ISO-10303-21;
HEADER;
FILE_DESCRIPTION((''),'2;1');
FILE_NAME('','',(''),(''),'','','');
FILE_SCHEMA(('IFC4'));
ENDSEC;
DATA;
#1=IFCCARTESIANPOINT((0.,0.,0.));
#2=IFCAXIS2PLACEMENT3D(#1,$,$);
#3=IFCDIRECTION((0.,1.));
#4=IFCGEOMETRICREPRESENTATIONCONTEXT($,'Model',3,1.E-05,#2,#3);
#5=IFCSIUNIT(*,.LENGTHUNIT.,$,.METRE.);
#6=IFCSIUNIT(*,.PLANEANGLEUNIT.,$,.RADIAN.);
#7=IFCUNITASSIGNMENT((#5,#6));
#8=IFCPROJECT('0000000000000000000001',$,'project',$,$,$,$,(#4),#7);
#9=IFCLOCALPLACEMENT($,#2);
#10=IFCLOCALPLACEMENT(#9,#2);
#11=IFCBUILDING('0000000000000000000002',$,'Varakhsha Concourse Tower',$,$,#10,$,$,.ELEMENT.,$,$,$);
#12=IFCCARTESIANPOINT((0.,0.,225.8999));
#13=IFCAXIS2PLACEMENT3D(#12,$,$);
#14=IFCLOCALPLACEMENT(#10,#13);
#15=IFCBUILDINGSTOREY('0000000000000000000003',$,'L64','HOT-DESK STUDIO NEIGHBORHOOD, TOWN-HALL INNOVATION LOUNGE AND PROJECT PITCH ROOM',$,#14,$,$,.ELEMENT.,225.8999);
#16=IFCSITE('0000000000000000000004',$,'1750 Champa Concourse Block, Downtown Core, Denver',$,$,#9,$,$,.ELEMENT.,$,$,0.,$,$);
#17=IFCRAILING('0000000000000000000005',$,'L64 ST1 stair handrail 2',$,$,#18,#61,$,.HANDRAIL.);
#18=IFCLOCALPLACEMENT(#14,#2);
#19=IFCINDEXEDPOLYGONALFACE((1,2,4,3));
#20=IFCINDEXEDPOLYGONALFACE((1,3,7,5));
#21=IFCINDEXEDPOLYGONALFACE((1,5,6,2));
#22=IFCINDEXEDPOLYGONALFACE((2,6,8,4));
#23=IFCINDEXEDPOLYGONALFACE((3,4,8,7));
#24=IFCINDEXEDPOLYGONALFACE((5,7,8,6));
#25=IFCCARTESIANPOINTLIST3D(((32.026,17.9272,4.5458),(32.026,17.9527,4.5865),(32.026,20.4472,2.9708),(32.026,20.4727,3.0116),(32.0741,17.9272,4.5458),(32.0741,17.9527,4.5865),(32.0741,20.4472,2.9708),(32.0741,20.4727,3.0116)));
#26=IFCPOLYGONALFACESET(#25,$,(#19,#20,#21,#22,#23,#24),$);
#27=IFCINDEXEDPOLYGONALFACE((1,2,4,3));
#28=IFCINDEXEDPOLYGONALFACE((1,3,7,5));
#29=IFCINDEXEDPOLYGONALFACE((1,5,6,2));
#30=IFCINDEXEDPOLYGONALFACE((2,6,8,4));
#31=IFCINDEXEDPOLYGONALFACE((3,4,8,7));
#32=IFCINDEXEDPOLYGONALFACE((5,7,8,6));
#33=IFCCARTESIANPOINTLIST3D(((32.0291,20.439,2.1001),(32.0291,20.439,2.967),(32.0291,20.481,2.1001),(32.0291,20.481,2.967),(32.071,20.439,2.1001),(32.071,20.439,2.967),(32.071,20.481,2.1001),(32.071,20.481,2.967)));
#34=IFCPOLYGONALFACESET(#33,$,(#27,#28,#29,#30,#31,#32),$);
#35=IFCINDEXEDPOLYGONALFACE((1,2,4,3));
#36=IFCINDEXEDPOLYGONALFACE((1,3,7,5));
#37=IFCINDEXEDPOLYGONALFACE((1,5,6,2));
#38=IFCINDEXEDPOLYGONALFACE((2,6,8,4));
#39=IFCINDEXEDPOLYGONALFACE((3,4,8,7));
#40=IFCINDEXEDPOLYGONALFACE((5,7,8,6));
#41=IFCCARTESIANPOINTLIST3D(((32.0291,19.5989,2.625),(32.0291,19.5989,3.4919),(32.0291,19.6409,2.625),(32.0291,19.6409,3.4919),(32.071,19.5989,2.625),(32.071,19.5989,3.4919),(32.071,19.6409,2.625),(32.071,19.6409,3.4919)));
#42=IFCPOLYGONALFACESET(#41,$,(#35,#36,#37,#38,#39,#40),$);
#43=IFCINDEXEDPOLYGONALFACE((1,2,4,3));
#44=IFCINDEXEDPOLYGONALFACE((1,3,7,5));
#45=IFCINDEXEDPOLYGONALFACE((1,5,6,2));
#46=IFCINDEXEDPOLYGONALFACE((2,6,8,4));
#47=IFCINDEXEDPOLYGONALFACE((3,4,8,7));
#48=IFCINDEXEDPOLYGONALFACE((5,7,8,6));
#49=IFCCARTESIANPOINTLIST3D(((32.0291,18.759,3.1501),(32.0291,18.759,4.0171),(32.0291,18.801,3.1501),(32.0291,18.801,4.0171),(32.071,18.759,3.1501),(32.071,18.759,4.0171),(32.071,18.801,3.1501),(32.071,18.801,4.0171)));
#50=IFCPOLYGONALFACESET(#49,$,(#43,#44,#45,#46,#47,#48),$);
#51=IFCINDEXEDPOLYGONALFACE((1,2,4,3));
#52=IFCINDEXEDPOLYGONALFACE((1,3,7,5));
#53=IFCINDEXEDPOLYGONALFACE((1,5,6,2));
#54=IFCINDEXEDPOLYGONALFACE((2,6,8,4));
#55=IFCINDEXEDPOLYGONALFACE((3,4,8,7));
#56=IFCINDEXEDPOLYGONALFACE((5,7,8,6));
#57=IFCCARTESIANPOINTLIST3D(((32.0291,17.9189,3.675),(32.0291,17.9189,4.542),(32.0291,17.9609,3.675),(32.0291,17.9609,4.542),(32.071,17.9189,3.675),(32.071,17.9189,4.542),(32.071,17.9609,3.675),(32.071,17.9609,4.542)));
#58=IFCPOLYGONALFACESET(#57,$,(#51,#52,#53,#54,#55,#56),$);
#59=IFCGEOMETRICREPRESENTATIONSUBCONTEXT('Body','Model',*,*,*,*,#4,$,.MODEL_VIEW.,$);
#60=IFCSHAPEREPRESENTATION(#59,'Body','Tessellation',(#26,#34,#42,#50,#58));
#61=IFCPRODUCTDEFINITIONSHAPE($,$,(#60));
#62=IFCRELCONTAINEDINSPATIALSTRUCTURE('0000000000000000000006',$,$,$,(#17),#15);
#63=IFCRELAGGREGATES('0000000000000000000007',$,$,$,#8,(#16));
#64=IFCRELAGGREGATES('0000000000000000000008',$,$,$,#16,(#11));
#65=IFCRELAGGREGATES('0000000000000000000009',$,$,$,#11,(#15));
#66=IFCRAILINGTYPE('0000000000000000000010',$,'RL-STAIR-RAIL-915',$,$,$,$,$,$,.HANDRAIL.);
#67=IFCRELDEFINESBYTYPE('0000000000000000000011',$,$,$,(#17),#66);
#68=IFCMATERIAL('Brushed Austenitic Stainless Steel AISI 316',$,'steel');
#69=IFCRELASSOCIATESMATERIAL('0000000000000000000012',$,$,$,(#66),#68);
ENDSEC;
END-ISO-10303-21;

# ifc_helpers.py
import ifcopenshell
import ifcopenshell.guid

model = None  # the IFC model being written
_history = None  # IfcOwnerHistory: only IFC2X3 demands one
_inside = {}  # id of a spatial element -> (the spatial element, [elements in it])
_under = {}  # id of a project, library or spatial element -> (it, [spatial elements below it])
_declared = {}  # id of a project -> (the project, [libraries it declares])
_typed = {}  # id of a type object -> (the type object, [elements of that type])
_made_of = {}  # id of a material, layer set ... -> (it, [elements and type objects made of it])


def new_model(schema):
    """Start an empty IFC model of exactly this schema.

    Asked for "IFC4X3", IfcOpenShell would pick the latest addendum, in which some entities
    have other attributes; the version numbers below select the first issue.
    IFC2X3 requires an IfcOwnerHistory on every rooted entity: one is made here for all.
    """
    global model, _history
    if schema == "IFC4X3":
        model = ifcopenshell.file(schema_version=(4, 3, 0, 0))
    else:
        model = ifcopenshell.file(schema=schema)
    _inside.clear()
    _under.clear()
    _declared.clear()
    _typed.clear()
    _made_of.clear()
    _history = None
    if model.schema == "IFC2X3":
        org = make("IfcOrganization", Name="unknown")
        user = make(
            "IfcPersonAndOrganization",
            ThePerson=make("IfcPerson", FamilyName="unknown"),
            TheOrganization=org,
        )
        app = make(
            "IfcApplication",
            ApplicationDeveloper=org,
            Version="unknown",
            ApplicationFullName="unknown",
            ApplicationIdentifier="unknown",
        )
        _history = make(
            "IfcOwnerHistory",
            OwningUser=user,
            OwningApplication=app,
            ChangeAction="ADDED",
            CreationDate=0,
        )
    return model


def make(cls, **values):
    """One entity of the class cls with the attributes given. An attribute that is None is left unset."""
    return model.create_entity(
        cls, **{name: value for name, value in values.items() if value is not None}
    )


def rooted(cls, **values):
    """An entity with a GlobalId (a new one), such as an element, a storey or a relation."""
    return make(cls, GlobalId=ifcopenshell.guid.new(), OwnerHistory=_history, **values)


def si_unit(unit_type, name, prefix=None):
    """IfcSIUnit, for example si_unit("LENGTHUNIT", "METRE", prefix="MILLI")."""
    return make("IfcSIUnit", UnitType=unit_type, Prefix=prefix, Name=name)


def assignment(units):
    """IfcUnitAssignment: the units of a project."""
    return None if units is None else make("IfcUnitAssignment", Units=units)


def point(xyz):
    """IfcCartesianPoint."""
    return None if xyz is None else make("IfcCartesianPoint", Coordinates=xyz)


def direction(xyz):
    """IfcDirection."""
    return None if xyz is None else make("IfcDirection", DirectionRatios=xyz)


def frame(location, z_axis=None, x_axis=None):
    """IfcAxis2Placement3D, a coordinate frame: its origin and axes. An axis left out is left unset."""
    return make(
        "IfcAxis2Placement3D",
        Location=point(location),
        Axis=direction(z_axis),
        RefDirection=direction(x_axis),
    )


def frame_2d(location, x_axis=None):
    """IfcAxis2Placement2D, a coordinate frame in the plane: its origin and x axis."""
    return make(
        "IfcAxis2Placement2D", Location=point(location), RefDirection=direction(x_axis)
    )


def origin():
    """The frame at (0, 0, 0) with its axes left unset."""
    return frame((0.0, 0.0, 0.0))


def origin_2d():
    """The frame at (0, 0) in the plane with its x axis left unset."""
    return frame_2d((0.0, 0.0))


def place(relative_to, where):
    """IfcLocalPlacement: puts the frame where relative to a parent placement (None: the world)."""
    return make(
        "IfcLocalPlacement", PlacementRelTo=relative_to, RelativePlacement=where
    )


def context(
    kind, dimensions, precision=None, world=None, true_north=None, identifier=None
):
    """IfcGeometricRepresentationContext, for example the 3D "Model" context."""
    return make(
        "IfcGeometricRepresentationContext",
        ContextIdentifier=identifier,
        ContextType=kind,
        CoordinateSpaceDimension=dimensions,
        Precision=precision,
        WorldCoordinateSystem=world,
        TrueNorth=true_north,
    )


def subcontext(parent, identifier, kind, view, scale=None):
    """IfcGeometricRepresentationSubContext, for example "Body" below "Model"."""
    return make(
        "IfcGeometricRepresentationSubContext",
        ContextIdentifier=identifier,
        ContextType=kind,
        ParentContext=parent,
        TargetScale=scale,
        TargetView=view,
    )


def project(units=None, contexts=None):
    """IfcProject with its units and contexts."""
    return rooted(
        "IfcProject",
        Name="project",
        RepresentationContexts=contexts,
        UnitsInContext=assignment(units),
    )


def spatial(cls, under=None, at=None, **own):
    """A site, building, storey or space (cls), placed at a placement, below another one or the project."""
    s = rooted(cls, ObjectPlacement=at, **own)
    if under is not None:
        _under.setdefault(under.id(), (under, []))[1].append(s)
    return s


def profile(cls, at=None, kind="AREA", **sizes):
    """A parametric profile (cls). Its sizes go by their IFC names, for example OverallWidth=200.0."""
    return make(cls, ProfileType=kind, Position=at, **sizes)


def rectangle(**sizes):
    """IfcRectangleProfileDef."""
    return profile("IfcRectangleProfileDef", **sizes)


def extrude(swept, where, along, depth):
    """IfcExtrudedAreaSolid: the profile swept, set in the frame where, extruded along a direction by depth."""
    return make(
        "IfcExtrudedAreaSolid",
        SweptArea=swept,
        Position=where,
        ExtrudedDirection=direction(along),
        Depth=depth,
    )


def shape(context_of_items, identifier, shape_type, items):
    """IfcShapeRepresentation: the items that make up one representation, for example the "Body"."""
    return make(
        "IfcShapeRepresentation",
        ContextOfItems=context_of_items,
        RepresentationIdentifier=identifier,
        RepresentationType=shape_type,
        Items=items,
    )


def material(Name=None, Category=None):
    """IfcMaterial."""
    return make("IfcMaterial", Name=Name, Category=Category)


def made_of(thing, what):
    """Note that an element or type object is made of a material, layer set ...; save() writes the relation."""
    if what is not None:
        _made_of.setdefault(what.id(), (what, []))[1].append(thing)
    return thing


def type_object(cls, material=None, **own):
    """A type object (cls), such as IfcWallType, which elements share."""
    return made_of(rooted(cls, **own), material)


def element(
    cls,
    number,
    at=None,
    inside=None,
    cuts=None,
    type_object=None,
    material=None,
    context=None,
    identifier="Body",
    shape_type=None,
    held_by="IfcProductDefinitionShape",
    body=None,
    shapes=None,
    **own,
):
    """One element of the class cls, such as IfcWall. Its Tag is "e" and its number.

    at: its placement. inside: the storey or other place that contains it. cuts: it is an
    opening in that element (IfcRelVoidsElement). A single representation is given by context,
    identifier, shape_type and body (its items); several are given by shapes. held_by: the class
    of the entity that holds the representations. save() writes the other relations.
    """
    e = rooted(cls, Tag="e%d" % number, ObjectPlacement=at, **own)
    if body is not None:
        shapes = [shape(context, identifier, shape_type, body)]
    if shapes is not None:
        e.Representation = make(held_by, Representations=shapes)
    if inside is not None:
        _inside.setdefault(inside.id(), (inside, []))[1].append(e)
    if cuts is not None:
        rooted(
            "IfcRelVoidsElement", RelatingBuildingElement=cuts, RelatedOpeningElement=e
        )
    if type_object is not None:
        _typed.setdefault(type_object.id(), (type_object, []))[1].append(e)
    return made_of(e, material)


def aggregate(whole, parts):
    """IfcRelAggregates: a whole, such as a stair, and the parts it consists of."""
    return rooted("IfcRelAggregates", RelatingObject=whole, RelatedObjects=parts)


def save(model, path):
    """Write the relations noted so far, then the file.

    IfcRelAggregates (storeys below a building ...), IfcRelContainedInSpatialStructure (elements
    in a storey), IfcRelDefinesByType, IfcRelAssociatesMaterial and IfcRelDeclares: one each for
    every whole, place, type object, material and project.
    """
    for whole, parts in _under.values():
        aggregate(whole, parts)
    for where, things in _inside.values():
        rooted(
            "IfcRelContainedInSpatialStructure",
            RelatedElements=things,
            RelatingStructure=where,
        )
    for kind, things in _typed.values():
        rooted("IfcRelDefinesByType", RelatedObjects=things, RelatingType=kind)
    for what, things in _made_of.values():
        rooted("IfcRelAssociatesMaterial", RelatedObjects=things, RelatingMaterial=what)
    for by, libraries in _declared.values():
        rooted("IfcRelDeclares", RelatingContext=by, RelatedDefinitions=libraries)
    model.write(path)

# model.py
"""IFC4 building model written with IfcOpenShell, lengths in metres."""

from ifc_helpers import new_model, si_unit, direction, frame, origin, origin_2d, place, context, subcontext, project, spatial, rectangle, extrude, material, type_object, element, save


model = new_model("IFC4")

# Units and contexts
model_context = context("Model", 3, precision=1e-05, world=origin(), true_north=direction((0.0, 1.0)))
body_context = subcontext(model_context, "Body", "Model", "MODEL_VIEW")
ifc_project = project(units=[si_unit("LENGTHUNIT", "METRE"), si_unit("PLANEANGLEUNIT", "RADIAN")], contexts=[model_context])

# Site, building, storey
site_placement = place(None, origin())
site = spatial("IfcSite", under=ifc_project, at=site_placement, Name="1750 Champa Concourse Block, Downtown Core, Denver", CompositionType="ELEMENT", RefElevation=0.0)
building_placement = place(site_placement, origin())
building = spatial("IfcBuilding", under=site, at=building_placement, Name="Varakhsha Concourse Tower", CompositionType="ELEMENT")
storey_placement = place(building_placement, frame((0.0, 0.0, 225.8999)))
storey = spatial("IfcBuildingStorey", under=building, at=storey_placement, Name="L64", Description="HOT-DESK STUDIO NEIGHBORHOOD, TOWN-HALL INNOVATION LOUNGE AND PROJECT PITCH ROOM", CompositionType="ELEMENT", Elevation=225.8999)

# Railing
ifc_material_1 = material(Name="Brushed Austenitic Stainless Steel AISI 316", Category="steel")
railing_type_1 = type_object("IfcRailingType", Name="RL-STAIR-RAIL-915", PredefinedType="HANDRAIL", material=ifc_material_1)
railing_1_placement = place(storey_placement, frame((32.05, 20.46, 2.1001)))
element("IfcRailing", 1, at=railing_1_placement, inside=storey, type_object=railing_type_1, Name="L64 ST1 stair handrail 2", PredefinedType="HANDRAIL", context=body_context, shape_type="SweptSolid", body=[
    extrude(rectangle(XDim=0.0481, YDim=0.0481, at=origin_2d()), frame((0.0, 0.0, 0.8911), z_axis=(0.0, -0.848008, 0.529984), x_axis=(1.0, 0.0, 0.0)), (0.0, 0.0, 1.0), 2.9717),
    extrude(rectangle(XDim=0.042, YDim=0.042, at=origin_2d()), origin(), (0.0, 0.0, 1.0), 0.8669),
    extrude(rectangle(XDim=0.042, YDim=0.042, at=origin_2d()), frame((0.0, -0.8401, 0.5249)), (0.0, 0.0, 1.0), 0.8669),
    extrude(rectangle(XDim=0.042, YDim=0.042, at=origin_2d()), frame((0.0, -1.6799, 1.05)), (0.0, 0.0, 1.0), 0.8669),
    extrude(rectangle(XDim=0.042, YDim=0.042, at=origin_2d()), frame((0.0, -2.52, 1.575)), (0.0, 0.0, 1.0), 0.8669),
])

save(model, "model.ifc")
